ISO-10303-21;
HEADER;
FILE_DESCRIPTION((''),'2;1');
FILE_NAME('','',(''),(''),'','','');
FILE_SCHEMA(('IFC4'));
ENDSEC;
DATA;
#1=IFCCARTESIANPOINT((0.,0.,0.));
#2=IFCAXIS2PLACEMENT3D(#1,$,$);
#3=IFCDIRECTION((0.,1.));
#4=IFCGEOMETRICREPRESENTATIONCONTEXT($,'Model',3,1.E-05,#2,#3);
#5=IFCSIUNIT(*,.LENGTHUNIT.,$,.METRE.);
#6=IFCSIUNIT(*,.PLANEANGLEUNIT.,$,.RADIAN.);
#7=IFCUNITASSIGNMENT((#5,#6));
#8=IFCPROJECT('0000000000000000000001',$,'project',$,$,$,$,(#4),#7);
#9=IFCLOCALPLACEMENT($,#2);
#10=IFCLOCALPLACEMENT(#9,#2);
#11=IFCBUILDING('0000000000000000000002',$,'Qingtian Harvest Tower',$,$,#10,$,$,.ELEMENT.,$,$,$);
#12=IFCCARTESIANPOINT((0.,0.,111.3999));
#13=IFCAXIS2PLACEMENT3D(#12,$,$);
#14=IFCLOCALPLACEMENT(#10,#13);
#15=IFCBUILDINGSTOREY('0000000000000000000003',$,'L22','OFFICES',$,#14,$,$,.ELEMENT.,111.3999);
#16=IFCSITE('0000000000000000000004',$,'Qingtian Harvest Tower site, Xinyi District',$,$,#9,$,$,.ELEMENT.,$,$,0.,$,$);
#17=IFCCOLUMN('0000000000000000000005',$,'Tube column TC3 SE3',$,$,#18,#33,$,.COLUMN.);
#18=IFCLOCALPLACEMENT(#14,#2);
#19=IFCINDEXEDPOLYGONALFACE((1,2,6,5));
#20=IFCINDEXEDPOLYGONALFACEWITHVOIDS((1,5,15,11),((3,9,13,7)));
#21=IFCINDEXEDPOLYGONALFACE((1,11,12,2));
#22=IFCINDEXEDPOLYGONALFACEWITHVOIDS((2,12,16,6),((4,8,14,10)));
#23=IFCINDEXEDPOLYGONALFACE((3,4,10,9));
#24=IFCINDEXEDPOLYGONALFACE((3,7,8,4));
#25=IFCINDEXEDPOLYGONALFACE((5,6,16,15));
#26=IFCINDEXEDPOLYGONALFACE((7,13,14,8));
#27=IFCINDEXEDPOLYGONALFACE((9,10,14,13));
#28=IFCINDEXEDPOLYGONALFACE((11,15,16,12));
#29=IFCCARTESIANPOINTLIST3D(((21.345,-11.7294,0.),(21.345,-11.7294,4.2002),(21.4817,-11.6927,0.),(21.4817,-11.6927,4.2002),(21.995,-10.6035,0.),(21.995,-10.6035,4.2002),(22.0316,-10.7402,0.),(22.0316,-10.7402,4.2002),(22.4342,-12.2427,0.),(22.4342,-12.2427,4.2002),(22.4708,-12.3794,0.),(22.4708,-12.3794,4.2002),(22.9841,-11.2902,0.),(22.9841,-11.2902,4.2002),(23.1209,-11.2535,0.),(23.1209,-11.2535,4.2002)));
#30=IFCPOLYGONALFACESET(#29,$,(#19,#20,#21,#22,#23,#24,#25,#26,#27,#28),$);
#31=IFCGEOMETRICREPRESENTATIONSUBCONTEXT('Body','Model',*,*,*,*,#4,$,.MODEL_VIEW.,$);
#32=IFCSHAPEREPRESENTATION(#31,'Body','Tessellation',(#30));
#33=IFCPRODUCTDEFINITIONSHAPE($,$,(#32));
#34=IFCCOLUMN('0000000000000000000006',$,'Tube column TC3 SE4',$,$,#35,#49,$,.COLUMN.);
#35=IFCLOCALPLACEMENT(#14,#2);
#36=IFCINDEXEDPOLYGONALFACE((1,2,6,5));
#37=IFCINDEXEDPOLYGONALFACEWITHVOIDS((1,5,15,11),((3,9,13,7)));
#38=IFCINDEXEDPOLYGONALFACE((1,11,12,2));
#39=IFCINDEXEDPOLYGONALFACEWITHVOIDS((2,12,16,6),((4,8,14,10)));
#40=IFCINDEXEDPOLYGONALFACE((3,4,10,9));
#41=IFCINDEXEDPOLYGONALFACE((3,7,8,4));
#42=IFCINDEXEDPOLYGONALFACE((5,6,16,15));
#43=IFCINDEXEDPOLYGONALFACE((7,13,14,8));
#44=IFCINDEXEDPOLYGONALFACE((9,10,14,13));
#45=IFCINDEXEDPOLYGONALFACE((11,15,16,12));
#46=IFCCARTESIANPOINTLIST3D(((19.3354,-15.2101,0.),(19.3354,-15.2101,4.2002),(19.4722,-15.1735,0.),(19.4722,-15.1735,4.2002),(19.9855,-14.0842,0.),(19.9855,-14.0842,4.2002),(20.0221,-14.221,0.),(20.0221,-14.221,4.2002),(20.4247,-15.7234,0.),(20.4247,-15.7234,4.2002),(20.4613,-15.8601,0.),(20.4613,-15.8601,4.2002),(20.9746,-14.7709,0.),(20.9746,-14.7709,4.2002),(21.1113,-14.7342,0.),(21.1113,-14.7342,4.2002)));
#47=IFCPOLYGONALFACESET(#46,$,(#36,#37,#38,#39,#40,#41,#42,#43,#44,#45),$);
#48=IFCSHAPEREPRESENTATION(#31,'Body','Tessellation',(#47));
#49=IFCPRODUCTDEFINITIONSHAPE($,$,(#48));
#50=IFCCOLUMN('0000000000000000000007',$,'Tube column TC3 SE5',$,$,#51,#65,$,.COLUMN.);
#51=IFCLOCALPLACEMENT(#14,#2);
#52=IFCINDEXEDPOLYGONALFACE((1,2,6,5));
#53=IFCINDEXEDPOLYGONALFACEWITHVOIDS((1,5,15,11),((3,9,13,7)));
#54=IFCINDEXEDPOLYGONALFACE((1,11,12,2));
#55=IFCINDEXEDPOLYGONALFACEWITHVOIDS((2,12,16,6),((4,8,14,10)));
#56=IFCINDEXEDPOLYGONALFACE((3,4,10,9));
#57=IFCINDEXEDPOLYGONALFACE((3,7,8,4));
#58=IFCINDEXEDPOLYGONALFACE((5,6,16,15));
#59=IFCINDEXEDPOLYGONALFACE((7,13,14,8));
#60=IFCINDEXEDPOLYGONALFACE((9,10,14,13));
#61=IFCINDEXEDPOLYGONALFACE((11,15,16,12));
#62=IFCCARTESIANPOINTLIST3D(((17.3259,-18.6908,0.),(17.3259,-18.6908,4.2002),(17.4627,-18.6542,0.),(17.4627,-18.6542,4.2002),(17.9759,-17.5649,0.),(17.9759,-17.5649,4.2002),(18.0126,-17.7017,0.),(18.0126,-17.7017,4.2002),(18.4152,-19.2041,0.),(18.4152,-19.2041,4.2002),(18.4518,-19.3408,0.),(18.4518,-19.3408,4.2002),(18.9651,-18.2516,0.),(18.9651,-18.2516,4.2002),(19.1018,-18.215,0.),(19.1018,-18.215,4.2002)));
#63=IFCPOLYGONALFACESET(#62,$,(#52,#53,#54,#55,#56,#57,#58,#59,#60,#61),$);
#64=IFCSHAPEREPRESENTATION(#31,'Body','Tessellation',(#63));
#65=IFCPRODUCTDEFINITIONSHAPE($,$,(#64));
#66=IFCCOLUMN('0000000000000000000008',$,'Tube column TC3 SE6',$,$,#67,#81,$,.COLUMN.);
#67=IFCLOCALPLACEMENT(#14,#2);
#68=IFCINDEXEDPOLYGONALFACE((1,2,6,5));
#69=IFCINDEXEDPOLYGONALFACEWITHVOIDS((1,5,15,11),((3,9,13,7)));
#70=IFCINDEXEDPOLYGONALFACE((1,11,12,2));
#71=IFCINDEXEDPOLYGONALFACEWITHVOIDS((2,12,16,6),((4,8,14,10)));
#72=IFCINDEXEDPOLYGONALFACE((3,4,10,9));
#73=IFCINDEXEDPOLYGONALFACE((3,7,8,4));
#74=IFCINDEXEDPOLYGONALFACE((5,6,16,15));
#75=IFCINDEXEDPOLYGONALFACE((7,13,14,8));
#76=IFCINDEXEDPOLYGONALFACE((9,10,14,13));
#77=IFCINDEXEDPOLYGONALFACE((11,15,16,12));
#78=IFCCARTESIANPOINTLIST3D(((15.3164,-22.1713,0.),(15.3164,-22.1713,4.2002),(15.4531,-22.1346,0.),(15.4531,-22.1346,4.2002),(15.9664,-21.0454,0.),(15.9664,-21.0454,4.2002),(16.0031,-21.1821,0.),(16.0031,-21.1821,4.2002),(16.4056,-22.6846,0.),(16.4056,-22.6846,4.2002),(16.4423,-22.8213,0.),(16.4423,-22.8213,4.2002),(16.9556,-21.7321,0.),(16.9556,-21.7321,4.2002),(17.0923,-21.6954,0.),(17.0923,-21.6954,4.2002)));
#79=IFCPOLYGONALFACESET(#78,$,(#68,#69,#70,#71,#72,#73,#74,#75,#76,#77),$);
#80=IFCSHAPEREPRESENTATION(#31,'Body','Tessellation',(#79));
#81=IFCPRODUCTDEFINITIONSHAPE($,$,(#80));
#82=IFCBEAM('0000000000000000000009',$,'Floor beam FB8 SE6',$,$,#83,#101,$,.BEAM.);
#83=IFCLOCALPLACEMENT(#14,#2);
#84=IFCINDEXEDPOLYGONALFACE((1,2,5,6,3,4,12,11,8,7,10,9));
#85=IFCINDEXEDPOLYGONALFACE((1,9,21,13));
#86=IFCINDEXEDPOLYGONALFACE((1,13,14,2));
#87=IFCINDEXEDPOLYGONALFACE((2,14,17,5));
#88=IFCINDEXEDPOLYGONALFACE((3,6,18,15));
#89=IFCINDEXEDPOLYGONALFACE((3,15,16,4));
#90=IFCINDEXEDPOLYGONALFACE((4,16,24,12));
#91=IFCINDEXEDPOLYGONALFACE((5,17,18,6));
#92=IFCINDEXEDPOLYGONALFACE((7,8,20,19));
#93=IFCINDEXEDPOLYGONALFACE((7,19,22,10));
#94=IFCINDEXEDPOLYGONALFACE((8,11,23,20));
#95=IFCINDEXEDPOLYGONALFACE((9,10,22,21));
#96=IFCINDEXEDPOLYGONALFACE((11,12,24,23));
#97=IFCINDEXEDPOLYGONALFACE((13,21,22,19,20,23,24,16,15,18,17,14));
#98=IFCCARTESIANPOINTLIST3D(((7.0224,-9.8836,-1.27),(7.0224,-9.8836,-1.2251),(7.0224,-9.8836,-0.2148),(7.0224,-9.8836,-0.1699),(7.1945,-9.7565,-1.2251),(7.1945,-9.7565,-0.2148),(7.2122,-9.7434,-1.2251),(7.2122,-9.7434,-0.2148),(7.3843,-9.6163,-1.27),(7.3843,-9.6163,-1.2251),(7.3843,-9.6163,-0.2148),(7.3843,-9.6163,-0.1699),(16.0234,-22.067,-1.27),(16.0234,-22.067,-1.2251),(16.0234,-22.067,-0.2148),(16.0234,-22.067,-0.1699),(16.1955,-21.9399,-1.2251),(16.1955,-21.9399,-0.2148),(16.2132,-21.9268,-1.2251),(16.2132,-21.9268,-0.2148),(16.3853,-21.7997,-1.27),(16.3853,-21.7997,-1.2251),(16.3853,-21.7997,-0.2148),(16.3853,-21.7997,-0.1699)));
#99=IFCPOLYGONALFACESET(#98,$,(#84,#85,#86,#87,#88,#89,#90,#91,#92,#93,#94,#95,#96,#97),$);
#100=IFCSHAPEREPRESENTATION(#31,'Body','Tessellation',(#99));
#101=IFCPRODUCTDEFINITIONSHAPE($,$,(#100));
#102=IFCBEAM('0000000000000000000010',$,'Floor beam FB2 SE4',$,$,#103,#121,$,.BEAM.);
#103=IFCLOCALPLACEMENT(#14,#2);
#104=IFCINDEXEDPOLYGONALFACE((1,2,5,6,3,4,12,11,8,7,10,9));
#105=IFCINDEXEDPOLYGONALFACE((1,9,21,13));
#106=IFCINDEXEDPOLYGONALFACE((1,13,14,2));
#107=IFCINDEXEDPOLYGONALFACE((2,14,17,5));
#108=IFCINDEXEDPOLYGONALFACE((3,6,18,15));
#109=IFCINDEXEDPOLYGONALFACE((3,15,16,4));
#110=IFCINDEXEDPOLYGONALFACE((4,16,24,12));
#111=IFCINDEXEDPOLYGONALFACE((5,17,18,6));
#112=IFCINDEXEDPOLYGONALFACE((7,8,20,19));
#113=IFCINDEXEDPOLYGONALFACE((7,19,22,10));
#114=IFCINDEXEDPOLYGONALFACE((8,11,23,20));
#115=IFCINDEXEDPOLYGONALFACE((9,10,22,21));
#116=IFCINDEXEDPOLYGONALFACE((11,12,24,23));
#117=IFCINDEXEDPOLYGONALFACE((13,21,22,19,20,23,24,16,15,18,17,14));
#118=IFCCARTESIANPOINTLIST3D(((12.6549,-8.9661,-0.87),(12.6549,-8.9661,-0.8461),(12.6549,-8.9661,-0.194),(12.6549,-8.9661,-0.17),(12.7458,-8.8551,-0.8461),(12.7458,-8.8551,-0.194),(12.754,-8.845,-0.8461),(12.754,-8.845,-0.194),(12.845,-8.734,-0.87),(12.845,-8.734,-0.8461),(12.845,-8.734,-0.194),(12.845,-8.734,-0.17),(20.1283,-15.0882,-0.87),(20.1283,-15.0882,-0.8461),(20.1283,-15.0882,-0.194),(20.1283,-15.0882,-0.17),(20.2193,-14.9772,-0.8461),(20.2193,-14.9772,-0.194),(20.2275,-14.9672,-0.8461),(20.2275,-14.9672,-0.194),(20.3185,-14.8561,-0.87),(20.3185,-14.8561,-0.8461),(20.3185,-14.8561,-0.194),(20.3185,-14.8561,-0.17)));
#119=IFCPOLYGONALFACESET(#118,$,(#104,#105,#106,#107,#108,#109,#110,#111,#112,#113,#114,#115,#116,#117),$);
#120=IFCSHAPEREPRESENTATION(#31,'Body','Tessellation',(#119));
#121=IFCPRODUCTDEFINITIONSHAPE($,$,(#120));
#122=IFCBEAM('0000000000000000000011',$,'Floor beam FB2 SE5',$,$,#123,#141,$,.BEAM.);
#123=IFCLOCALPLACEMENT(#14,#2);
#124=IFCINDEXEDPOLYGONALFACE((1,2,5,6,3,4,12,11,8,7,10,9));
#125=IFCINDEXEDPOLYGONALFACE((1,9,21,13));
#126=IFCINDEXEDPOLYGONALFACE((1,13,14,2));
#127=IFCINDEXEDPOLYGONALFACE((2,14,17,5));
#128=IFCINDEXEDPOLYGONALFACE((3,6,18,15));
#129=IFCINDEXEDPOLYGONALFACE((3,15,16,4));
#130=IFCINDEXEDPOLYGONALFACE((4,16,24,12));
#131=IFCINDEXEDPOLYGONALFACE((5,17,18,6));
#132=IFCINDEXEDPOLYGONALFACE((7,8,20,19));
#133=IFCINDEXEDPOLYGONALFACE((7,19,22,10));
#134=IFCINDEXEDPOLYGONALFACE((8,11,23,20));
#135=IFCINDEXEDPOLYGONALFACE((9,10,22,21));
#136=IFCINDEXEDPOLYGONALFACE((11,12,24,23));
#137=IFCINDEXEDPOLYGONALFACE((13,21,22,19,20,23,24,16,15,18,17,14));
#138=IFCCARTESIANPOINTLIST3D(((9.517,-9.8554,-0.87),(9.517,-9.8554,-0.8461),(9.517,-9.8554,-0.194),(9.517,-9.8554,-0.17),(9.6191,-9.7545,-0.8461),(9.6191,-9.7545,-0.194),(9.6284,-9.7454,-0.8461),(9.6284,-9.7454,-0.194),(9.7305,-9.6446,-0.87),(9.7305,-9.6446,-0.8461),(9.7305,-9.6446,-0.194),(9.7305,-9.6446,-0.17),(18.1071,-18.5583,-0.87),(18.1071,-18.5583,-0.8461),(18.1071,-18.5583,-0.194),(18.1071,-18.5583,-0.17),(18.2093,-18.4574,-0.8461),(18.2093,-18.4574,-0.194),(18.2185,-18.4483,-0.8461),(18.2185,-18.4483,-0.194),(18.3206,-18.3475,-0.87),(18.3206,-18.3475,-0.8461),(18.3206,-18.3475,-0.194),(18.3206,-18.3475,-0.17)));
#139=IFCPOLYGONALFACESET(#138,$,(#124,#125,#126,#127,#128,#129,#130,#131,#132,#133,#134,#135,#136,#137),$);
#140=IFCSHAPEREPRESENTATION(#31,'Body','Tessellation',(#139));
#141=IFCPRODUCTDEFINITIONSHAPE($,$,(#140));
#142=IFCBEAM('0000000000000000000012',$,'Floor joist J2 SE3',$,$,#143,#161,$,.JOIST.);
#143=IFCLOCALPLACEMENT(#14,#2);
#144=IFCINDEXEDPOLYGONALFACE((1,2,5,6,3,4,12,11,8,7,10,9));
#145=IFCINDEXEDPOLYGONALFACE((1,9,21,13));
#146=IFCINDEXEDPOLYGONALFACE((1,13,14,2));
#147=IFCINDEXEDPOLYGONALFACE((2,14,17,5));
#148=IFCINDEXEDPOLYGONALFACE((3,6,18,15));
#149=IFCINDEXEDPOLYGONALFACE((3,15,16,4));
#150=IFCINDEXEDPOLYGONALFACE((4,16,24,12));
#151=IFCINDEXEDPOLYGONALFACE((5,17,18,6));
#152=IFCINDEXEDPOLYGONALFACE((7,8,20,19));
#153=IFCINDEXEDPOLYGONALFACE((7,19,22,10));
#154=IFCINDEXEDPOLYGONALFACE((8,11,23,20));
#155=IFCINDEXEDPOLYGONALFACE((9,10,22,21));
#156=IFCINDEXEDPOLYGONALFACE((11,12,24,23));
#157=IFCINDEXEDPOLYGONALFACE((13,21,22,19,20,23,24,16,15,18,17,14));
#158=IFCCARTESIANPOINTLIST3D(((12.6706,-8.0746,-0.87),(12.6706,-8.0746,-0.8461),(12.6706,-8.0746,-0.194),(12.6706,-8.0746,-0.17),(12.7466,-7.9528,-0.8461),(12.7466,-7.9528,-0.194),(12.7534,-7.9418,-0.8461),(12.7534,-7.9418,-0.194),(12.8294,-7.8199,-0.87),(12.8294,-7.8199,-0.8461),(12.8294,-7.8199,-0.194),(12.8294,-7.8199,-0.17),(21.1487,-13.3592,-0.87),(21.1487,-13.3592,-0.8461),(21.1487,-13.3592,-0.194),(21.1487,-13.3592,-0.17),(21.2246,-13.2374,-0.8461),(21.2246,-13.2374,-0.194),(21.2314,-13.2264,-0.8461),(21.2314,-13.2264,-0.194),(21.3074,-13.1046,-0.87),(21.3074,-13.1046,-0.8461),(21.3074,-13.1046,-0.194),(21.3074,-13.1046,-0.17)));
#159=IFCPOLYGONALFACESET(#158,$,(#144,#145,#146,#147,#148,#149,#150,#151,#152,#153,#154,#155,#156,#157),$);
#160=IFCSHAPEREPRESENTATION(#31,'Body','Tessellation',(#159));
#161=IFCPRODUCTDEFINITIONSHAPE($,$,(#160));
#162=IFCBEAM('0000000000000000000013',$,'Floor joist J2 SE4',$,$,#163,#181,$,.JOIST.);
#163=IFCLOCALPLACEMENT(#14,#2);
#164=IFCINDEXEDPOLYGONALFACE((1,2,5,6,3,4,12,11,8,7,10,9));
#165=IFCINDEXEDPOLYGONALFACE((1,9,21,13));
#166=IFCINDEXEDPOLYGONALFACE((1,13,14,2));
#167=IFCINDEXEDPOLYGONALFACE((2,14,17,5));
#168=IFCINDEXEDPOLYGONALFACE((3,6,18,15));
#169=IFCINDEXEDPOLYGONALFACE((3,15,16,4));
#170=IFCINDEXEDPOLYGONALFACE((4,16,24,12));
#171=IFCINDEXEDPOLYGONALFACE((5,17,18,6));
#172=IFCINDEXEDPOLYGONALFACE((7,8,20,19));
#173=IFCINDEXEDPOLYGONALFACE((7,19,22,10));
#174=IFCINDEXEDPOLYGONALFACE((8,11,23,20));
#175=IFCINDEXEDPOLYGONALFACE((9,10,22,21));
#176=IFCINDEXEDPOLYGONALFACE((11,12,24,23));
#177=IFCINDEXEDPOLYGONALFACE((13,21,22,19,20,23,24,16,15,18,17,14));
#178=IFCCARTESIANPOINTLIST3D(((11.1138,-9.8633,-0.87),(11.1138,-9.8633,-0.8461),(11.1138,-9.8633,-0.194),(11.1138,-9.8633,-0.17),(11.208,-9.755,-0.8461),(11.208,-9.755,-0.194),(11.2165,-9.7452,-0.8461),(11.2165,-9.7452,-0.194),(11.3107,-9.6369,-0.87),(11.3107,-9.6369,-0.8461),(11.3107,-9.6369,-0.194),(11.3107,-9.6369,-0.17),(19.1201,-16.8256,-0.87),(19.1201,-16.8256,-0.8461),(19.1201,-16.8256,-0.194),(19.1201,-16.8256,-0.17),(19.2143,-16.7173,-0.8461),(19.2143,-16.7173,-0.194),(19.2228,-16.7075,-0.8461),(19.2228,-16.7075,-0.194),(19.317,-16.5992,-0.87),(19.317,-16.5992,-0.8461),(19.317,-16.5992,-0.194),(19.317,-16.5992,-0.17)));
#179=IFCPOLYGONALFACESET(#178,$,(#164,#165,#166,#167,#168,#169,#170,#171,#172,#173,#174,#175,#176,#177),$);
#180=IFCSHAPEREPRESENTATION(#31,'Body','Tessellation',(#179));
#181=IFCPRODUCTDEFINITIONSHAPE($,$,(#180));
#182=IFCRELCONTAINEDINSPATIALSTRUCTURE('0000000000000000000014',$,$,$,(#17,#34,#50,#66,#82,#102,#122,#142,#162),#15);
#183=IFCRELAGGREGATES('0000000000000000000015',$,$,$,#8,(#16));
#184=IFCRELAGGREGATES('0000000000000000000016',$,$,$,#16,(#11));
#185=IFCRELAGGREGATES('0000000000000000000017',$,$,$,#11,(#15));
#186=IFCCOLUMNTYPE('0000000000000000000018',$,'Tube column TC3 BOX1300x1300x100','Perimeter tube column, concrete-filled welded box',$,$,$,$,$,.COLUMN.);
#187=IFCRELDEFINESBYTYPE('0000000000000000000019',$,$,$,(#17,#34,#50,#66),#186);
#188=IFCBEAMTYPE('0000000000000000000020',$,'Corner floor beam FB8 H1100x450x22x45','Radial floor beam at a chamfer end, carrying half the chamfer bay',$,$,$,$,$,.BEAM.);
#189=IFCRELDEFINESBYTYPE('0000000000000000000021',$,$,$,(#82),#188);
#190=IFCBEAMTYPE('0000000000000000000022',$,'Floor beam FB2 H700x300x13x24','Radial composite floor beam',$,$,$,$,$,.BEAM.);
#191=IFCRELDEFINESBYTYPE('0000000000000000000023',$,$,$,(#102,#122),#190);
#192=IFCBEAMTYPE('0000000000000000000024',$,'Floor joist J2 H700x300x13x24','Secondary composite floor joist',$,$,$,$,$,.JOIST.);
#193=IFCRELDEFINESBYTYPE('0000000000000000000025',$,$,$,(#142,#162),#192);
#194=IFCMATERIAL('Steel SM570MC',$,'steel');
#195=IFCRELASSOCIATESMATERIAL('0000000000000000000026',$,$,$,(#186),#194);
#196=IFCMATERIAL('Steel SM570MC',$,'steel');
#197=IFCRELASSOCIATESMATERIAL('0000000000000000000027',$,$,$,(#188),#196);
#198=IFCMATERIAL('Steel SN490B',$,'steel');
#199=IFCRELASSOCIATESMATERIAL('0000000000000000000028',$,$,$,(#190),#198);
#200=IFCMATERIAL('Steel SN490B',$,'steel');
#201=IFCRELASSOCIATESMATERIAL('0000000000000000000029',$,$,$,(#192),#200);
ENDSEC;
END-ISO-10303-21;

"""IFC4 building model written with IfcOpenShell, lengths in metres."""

from ifc_helpers import new_model, si_unit, direction, frame, origin, origin_2d, place, context, subcontext, project, spatial, hollow_rectangle, i_section, extrude, material, material_profile, profile_set, type_object, element, save


model = new_model("IFC4")

# Units and contexts
model_context = context("Model", 3, precision=1e-05, world=origin(), true_north=direction((0.0, 1.0)))
body_context = subcontext(model_context, "Body", "Model", "MODEL_VIEW")
ifc_project = project(units=[si_unit("LENGTHUNIT", "METRE"), si_unit("PLANEANGLEUNIT", "RADIAN")], contexts=[model_context])

# Site, building, storey
site_placement = place(None, origin())
site = spatial("IfcSite", under=ifc_project, at=site_placement, Name="Qingtian Harvest Tower site, Xinyi District", CompositionType="ELEMENT", RefElevation=0.0)
building_placement = place(site_placement, origin())
building = spatial("IfcBuilding", under=site, at=building_placement, Name="Qingtian Harvest Tower", CompositionType="ELEMENT")
storey_placement = place(building_placement, frame((0.0, 0.0, 111.3999)))
storey = spatial("IfcBuildingStorey", under=building, at=storey_placement, Name="L22", Description="OFFICES", CompositionType="ELEMENT", Elevation=111.3999)

# Columns
ifc_material_1 = material(Name="Steel SM570MC", Category="steel")
ifc_material_profile_1 = material_profile(ifc_material_1, hollow_rectangle(XDim=1.3, YDim=1.3, WallThickness=0.1001, at=origin_2d()), Name="BOX1300x1300x100")
ifc_profile_set_1 = profile_set([ifc_material_profile_1], Name="Steel SM570MC")
column_type = type_object("IfcColumnType", Name="Tube column TC3 BOX1300x1300x100", Description="Perimeter tube column, concrete-filled welded box", PredefinedType="COLUMN", material=ifc_profile_set_1)
for number, where, z_axis, x_axis, name in (
    (1, (22.2329, -11.4915, 0.0), (0.0, 0.0, 1.0), (0.5, 0.866025, 0.0), "Tube column TC3 SE3"),
    (2, (20.2234, -14.9722, 0.0), (0.0, 0.0, 1.0), (0.5, 0.866025, 0.0), "Tube column TC3 SE4"),
    (3, (18.2139, -18.4529, 0.0), (0.0, 0.0, 1.0), (0.5, 0.866025, 0.0), "Tube column TC3 SE5"),
    (4, (16.2043, -21.9333, 0.0), (0.0, 0.0, 1.0), (0.5, 0.866025, 0.0), "Tube column TC3 SE6"),
):
    element("IfcColumn", number, at=place(storey_placement, frame(where, z_axis=z_axis, x_axis=x_axis)), inside=storey, type_object=column_type, Name=name, PredefinedType="COLUMN", context=body_context, shape_type="SweptSolid", body=[
        extrude(hollow_rectangle(XDim=1.3, YDim=1.3, WallThickness=0.1001, at=origin_2d()), origin(), (0.0, 0.0, 1.0), 4.2002),
    ])

# Beams
ifc_material_2 = material(Name="Steel SM570MC", Category="steel")
ifc_material_profile_2 = material_profile(ifc_material_2, i_section(OverallWidth=0.45, OverallDepth=1.1001, WebThickness=0.022, FlangeThickness=0.0449, at=origin_2d()), Name="H1100x450x22x45")
ifc_profile_set_2 = profile_set([ifc_material_profile_2], Name="Steel SM570MC")
beam_type_1 = type_object("IfcBeamType", Name="Corner floor beam FB8 H1100x450x22x45", Description="Radial floor beam at a chamfer end, carrying half the chamfer bay", PredefinedType="BEAM", material=ifc_profile_set_2)
beam_1_placement = place(storey_placement, frame((16.2043, -21.9333, -0.72), z_axis=(-0.594216, 0.804306, 0.0), x_axis=(-0.804306, -0.594216, 0.0)))
element("IfcBeam", 5, at=beam_1_placement, inside=storey, type_object=beam_type_1, Name="Floor beam FB8 SE6", PredefinedType="BEAM", context=body_context, shape_type="SweptSolid", body=[
    extrude(i_section(OverallWidth=0.45, OverallDepth=1.1001, WebThickness=0.022, FlangeThickness=0.0449, at=origin_2d()), origin(), (0.0, 0.0, 1.0), 15.1477),
])
ifc_material_3 = material(Name="Steel SN490B", Category="steel")
ifc_material_profile_3 = material_profile(ifc_material_3, i_section(OverallWidth=0.3, OverallDepth=0.7, WebThickness=0.0129, FlangeThickness=0.0239, at=origin_2d()), Name="H700x300x13x24")
ifc_profile_set_3 = profile_set([ifc_material_profile_3], Name="Steel SN490B")
beam_type_2 = type_object("IfcBeamType", Name="Floor beam FB2 H700x300x13x24", Description="Radial composite floor beam", PredefinedType="BEAM", material=ifc_profile_set_3)
beam_2_placement = place(storey_placement, frame((20.2234, -14.9722, -0.52), z_axis=(-0.773578, 0.633701, 0.0), x_axis=(-0.633701, -0.773578, 0.0)))
element("IfcBeam", 6, at=beam_2_placement, inside=storey, type_object=beam_type_2, Name="Floor beam FB2 SE4", PredefinedType="BEAM", context=body_context, shape_type="SweptSolid", body=[
    extrude(i_section(OverallWidth=0.3, OverallDepth=0.7, WebThickness=0.0129, FlangeThickness=0.0239, at=origin_2d()), origin(), (0.0, 0.0, 1.0), 9.6609),
])
beam_3_placement = place(storey_placement, frame((18.2139, -18.4529, -0.52), z_axis=(-0.70248, 0.711704, 0.0), x_axis=(-0.711704, -0.70248, 0.0)))
element("IfcBeam", 7, at=beam_3_placement, inside=storey, type_object=beam_type_2, Name="Floor beam FB2 SE5", PredefinedType="BEAM", context=body_context, shape_type="SweptSolid", body=[
    extrude(i_section(OverallWidth=0.3, OverallDepth=0.7, WebThickness=0.0129, FlangeThickness=0.0239, at=origin_2d()), origin(), (0.0, 0.0, 1.0), 12.2283),
])
ifc_material_4 = material(Name="Steel SN490B", Category="steel")
ifc_material_profile_4 = material_profile(ifc_material_4, i_section(OverallWidth=0.3, OverallDepth=0.7, WebThickness=0.0129, FlangeThickness=0.0239, at=origin_2d()), Name="H700x300x13x24")
ifc_profile_set_4 = profile_set([ifc_material_profile_4], Name="Steel SN490B")
beam_type_3 = type_object("IfcBeamType", Name="Floor joist J2 H700x300x13x24", Description="Secondary composite floor joist", PredefinedType="JOIST", material=ifc_profile_set_4)
beam_4_placement = place(storey_placement, frame((21.228, -13.2319, -0.52), z_axis=(-0.848632, 0.528984, 0.0), x_axis=(-0.528984, -0.848632, 0.0)))
element("IfcBeam", 8, at=beam_4_placement, inside=storey, type_object=beam_type_3, Name="Floor joist J2 SE3", PredefinedType="JOIST", context=body_context, shape_type="SweptSolid", body=[
    extrude(i_section(OverallWidth=0.3, OverallDepth=0.7, WebThickness=0.0129, FlangeThickness=0.0239, at=origin_2d()), origin(), (0.0, 0.0, 1.0), 9.9902),
])
beam_5_placement = place(storey_placement, frame((19.2185, -16.7124, -0.52), z_axis=(-0.754589, 0.656198, 0.0), x_axis=(-0.656198, -0.754589, 0.0)))
element("IfcBeam", 9, at=beam_5_placement, inside=storey, type_object=beam_type_3, Name="Floor joist J2 SE4", PredefinedType="JOIST", context=body_context, shape_type="SweptSolid", body=[
    extrude(i_section(OverallWidth=0.3, OverallDepth=0.7, WebThickness=0.0129, FlangeThickness=0.0239, at=origin_2d()), origin(), (0.0, 0.0, 1.0), 10.6101),
])

save(model, "model.ifc")
